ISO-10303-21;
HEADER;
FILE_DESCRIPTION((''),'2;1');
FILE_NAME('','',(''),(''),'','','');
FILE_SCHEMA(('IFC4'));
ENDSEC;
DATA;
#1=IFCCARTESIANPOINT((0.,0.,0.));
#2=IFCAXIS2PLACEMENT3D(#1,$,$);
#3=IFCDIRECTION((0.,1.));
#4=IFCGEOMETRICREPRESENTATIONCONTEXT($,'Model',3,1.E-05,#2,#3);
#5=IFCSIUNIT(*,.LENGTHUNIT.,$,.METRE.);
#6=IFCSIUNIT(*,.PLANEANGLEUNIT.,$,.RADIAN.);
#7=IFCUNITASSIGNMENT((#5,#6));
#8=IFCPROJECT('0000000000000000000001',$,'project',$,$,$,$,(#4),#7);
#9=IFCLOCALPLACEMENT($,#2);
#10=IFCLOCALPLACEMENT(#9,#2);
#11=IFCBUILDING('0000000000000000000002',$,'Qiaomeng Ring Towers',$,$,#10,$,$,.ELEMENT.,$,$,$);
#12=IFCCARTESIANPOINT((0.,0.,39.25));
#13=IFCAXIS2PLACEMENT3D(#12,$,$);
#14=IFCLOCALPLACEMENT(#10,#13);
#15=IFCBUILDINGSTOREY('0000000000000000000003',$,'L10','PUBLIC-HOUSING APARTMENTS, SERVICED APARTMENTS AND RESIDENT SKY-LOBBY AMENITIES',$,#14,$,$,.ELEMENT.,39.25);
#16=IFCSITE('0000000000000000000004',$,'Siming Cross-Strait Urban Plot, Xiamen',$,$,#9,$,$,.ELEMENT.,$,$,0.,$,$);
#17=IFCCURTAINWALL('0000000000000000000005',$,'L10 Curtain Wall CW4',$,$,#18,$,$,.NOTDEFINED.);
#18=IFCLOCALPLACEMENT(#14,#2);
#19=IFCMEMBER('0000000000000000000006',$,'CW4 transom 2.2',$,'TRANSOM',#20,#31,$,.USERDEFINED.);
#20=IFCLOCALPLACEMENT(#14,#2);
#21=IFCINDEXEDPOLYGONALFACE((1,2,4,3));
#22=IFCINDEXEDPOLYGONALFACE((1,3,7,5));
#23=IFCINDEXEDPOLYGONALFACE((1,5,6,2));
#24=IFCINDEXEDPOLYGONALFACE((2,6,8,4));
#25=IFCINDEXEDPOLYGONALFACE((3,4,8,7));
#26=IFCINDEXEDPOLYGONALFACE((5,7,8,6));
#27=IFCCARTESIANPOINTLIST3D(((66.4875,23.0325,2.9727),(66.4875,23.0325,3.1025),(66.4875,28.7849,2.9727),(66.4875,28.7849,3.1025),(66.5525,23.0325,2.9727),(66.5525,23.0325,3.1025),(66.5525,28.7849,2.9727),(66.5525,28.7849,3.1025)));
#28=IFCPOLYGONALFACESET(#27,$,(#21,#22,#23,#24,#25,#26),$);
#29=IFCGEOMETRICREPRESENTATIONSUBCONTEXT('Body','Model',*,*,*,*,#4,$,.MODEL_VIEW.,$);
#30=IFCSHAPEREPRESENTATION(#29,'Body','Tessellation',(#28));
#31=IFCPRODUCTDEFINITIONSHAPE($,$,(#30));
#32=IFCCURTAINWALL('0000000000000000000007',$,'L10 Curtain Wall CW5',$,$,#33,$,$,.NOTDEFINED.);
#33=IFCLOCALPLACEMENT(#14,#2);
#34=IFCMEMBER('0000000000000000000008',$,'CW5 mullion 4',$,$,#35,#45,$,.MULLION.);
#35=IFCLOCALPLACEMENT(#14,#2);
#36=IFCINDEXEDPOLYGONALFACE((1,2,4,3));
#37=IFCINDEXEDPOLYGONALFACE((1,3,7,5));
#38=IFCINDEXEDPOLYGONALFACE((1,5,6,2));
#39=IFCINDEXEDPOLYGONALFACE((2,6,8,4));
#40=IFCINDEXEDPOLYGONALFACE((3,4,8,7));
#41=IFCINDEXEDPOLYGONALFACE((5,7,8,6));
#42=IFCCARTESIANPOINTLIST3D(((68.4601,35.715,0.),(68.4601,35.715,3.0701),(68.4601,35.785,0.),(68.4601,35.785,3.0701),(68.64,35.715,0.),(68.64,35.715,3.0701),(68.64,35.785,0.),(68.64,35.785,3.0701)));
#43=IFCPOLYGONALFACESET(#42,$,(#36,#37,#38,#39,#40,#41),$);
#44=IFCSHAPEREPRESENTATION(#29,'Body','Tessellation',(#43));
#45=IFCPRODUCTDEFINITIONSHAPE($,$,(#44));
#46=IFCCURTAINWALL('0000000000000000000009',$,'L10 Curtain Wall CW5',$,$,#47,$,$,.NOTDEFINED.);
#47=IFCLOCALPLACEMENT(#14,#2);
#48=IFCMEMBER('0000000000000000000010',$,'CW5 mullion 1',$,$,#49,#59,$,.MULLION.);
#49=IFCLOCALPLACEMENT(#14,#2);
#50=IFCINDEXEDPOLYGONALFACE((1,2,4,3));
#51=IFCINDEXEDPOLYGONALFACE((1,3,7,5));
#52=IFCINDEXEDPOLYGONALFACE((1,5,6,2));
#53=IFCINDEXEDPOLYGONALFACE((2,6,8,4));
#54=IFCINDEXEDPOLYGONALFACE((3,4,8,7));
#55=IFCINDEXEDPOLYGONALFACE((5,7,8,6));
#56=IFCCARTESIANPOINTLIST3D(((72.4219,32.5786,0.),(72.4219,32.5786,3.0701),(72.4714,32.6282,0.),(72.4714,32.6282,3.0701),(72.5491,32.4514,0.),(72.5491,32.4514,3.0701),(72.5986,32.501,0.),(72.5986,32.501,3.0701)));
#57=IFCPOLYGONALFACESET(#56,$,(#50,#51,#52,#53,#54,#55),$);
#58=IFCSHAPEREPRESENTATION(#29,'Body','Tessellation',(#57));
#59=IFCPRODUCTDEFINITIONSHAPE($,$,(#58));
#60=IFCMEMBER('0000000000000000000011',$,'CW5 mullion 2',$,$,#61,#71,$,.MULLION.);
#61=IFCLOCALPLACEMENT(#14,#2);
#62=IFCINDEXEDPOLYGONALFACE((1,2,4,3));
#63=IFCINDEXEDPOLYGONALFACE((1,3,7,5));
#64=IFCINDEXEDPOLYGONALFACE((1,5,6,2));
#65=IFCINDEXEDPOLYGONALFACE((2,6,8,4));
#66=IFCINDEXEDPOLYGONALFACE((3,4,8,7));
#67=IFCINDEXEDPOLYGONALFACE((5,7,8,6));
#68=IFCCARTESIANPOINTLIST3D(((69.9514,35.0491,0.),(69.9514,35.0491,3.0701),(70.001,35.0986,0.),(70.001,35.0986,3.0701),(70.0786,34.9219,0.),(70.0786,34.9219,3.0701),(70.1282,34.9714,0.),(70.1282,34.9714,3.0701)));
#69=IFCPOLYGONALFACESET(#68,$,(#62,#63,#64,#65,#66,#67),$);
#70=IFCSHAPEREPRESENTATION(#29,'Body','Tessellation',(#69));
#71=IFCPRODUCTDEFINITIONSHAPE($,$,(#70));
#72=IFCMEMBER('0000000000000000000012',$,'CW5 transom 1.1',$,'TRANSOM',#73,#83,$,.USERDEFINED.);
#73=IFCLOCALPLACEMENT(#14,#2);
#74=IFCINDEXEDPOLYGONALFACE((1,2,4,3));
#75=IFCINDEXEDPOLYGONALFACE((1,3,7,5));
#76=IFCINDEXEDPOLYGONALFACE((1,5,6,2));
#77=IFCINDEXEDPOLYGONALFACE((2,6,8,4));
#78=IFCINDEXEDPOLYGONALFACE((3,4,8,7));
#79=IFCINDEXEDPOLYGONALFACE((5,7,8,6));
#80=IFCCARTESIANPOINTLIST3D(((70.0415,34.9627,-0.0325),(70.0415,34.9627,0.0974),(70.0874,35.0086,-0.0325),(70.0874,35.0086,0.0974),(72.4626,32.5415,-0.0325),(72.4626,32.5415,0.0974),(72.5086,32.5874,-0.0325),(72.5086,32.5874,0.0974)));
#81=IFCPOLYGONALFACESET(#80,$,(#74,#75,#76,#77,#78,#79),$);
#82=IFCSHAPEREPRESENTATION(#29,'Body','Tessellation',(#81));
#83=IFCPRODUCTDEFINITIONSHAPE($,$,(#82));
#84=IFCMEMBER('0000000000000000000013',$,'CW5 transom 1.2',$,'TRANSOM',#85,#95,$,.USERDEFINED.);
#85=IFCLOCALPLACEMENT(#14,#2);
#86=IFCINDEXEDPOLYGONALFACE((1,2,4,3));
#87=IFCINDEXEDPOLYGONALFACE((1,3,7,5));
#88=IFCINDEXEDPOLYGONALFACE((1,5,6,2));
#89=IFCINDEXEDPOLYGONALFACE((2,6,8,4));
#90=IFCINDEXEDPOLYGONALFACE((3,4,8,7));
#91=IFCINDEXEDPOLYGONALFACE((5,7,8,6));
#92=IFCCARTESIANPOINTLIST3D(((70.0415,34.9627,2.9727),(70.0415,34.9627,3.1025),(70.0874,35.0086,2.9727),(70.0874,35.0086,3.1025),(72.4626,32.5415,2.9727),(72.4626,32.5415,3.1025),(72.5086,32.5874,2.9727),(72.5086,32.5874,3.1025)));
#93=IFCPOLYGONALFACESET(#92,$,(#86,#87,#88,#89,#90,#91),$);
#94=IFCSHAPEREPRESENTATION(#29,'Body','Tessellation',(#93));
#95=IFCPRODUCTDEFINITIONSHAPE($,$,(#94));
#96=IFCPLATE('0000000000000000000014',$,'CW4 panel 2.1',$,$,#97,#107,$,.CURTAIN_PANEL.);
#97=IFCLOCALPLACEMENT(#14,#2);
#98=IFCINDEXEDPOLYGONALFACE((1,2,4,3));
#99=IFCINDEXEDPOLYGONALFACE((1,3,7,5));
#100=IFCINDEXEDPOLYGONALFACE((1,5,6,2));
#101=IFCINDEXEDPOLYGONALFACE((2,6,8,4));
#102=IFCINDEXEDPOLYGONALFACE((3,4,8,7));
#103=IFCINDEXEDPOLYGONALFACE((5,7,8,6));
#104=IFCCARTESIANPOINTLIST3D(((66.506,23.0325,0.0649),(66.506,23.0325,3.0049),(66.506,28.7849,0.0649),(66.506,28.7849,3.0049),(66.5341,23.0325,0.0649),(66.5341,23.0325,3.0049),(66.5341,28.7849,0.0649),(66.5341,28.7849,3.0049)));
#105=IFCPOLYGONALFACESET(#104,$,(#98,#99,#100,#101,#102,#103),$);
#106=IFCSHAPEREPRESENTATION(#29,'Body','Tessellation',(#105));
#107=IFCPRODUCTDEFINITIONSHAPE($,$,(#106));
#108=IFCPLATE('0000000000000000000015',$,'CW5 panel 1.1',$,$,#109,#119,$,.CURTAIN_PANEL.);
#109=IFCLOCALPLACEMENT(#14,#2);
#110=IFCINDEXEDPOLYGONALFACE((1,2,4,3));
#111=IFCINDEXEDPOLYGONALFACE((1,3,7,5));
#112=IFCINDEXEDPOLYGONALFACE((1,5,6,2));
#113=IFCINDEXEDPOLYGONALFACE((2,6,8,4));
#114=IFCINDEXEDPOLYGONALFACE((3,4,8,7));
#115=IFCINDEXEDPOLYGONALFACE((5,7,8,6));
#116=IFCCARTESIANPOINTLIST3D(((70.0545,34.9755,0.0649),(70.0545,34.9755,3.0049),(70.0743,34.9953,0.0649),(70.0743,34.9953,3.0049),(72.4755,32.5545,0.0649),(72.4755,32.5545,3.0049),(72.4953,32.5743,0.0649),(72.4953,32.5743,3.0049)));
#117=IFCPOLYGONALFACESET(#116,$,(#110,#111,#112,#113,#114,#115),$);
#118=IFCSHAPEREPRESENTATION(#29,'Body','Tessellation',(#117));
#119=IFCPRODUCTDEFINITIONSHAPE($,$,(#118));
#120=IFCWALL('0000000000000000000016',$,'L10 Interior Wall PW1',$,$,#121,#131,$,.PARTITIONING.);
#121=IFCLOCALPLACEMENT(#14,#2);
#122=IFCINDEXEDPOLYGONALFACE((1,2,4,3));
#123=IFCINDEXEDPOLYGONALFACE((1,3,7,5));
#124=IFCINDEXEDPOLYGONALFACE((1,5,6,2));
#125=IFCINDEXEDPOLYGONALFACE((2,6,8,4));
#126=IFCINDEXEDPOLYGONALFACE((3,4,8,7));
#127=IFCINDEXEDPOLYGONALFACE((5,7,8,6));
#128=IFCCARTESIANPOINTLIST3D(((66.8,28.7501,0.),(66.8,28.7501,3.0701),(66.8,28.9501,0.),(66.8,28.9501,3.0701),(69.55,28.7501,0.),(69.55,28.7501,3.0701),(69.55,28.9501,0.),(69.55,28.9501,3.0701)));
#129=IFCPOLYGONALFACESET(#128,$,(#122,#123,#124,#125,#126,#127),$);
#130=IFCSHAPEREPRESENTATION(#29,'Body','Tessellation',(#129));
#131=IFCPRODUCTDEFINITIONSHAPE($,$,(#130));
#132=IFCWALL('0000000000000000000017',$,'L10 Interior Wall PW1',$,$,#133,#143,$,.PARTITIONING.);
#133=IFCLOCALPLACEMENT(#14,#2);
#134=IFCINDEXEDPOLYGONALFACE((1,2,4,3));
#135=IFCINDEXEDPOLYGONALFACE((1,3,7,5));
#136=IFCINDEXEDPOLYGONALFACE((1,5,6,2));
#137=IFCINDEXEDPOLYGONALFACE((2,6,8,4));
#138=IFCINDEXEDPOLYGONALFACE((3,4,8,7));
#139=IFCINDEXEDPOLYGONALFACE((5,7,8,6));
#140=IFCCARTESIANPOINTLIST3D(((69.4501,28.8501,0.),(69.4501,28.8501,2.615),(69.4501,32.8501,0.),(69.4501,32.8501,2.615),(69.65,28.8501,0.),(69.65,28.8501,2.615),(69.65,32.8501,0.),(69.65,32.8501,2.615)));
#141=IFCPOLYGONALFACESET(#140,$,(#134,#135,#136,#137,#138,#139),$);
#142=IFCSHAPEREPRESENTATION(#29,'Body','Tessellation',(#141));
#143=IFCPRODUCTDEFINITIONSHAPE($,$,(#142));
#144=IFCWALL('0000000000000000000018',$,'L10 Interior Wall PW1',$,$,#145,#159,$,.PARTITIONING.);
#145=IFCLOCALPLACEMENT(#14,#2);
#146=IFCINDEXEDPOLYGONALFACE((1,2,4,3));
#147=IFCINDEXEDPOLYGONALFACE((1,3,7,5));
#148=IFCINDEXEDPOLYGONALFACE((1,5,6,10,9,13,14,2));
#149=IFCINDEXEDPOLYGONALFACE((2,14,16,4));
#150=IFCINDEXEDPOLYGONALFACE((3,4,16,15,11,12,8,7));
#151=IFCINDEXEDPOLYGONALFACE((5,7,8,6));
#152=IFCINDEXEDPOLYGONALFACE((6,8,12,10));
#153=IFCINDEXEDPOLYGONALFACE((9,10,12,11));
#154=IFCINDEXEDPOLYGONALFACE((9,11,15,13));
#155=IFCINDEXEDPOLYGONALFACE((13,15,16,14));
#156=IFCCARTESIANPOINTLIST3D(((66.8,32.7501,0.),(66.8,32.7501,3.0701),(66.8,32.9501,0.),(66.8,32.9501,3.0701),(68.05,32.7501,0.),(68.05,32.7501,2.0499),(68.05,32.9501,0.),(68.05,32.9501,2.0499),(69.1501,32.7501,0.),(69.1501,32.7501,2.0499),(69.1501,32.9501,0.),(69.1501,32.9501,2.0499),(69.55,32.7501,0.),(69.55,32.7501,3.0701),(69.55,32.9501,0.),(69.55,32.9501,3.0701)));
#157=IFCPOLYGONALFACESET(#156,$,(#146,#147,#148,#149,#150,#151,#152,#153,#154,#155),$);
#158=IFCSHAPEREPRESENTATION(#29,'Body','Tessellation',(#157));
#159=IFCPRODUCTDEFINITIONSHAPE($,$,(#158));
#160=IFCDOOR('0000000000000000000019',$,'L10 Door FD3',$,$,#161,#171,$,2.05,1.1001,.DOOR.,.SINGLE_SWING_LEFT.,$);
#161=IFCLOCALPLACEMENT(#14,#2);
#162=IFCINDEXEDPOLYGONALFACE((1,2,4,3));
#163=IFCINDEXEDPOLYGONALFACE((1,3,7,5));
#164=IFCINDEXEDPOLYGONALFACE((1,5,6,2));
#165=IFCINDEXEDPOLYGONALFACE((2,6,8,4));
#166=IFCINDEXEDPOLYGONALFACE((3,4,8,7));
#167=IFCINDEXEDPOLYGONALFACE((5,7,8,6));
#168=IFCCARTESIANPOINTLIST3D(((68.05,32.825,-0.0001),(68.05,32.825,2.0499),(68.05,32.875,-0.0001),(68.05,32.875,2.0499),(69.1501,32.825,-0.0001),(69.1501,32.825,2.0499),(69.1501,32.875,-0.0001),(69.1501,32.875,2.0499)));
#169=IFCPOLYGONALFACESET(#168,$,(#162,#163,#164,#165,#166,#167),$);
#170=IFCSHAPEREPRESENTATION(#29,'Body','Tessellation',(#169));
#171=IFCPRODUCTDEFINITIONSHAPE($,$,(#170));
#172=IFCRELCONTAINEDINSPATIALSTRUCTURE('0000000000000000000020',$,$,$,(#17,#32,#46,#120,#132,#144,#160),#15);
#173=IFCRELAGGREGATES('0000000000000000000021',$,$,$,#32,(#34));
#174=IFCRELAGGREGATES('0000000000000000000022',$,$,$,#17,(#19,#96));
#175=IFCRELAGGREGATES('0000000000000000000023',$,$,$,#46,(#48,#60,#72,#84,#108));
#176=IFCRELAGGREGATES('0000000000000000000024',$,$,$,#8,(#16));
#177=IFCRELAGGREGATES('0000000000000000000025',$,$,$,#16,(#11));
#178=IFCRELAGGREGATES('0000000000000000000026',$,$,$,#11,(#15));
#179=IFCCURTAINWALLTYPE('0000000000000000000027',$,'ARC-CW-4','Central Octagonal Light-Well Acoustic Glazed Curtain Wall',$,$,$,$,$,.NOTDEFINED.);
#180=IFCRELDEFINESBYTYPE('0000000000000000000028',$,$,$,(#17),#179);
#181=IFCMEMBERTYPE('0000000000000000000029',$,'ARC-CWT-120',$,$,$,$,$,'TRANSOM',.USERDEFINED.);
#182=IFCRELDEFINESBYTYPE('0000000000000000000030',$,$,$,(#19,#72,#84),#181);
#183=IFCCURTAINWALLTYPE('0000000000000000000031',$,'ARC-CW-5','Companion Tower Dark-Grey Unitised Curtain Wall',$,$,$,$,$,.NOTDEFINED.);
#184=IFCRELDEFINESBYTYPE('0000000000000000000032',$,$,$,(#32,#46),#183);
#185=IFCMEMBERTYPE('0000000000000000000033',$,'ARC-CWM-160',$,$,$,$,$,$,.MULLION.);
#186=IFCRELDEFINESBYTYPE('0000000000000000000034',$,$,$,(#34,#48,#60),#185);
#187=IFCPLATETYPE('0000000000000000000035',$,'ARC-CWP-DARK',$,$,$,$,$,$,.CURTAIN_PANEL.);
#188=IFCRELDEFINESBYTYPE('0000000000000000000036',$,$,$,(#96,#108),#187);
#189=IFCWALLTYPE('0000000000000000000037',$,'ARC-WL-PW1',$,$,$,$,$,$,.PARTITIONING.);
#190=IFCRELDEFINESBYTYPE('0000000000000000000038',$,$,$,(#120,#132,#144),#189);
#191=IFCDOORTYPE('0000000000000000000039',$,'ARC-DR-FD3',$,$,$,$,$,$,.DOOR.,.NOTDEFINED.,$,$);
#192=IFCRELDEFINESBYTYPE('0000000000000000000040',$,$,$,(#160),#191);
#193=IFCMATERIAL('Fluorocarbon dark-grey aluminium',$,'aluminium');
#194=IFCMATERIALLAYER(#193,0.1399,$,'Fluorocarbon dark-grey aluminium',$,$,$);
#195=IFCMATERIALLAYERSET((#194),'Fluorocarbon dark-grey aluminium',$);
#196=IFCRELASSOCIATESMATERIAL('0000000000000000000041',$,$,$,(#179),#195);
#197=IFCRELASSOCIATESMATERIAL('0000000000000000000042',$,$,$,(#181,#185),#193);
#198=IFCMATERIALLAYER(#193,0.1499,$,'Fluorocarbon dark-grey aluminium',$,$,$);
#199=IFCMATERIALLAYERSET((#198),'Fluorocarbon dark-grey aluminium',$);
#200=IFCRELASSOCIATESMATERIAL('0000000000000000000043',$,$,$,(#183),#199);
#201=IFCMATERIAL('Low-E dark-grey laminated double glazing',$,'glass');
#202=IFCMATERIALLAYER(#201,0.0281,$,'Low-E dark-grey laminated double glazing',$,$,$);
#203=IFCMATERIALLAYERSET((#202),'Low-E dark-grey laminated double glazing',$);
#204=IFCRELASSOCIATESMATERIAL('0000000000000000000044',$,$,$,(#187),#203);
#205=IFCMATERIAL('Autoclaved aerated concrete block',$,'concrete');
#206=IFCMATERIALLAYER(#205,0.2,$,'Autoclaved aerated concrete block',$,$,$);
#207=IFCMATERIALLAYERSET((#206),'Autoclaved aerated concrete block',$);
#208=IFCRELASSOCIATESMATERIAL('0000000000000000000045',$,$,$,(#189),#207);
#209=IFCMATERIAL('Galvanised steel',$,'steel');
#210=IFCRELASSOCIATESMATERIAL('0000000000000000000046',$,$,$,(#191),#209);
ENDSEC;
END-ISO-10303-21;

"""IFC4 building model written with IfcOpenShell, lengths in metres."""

from ifc_helpers import new_model, si_unit, direction, frame, frame_2d, origin, origin_2d, place, context, subcontext, project, spatial, rectangle, extrude, source, transform, mapped, material, layer, layer_set, material_profile, profile_set, type_object, element, fill, aggregate, save


model = new_model("IFC4")

# Units and contexts
model_context = context("Model", 3, precision=1e-05, world=origin(), true_north=direction((0.0, 1.0)))
body_context = subcontext(model_context, "Body", "Model", "MODEL_VIEW")
ifc_project = project(units=[si_unit("LENGTHUNIT", "METRE"), si_unit("PLANEANGLEUNIT", "RADIAN")], contexts=[model_context])

# Site, building, storey
site_placement = place(None, origin())
site = spatial("IfcSite", under=ifc_project, at=site_placement, Name="Siming Cross-Strait Urban Plot, Xiamen", CompositionType="ELEMENT", RefElevation=0.0)
building_placement = place(site_placement, origin())
building = spatial("IfcBuilding", under=site, at=building_placement, Name="Qiaomeng Ring Towers", CompositionType="ELEMENT")
storey_placement = place(building_placement, frame((0.0, 0.0, 39.25)))
storey = spatial("IfcBuildingStorey", under=building, at=storey_placement, Name="L10", Description="PUBLIC-HOUSING APARTMENTS, SERVICED APARTMENTS AND RESIDENT SKY-LOBBY AMENITIES", CompositionType="ELEMENT", Elevation=39.25)

# Curtain wall, member
ifc_material_1 = material(Name="Fluorocarbon dark-grey aluminium", Category="aluminium")
ifc_layer_1 = layer(ifc_material_1, 0.1399, Name="Fluorocarbon dark-grey aluminium")
ifc_layer_set_1 = layer_set([ifc_layer_1], Name="Fluorocarbon dark-grey aluminium")
curtain_wall_type_1 = type_object("IfcCurtainWallType", Name="ARC-CW-4", Description="Central Octagonal Light-Well Acoustic Glazed Curtain Wall", PredefinedType="NOTDEFINED", material=ifc_layer_set_1)
curtain_wall_1_placement = place(storey_placement, origin())
curtain_wall_1 = element("IfcCurtainWall", 1, at=curtain_wall_1_placement, inside=storey, type_object=curtain_wall_type_1, Name="L10 Curtain Wall CW4", PredefinedType="NOTDEFINED")
ifc_material_profile_1 = material_profile(ifc_material_1, rectangle(XDim=0.0649, YDim=0.1299, at=origin_2d()), Name="ALU TRAN 65x130")
ifc_profile_set_1 = profile_set([ifc_material_profile_1], Name="Fluorocarbon dark-grey aluminium")
member_type_1 = type_object("IfcMemberType", Name="ARC-CWT-120", ElementType="TRANSOM", PredefinedType="USERDEFINED", material=ifc_profile_set_1)
shared_shape_1 = source(origin(), body_context, "Body", "SweptSolid", [
    extrude(rectangle(XDim=0.0649, YDim=0.1299, at=origin_2d()), origin(), (0.0, 0.0, 1.0), 5.7524),
])
member_1_placement = place(storey_placement, frame((66.52, 23.0325, 3.0376), z_axis=(0.0, 1.0, 0.0), x_axis=(-1.0, 0.0, 0.0)))
member_1 = element("IfcMember", 2, at=member_1_placement, type_object=member_type_1, Name="CW4 transom 2.2", ObjectType="TRANSOM", PredefinedType="USERDEFINED", context=body_context, shape_type="MappedRepresentation", body=[
    mapped(shared_shape_1, transform((0.0, 0.0, 0.0), x_axis=(1.0, 0.0, 0.0), y_axis=(0.0, 1.0, 0.0), z_axis=(0.0, 0.0, 1.0), scale=1.0)),
])

# Curtain wall, member
ifc_layer_2 = layer(ifc_material_1, 0.1499, Name="Fluorocarbon dark-grey aluminium")
ifc_layer_set_2 = layer_set([ifc_layer_2], Name="Fluorocarbon dark-grey aluminium")
curtain_wall_type_2 = type_object("IfcCurtainWallType", Name="ARC-CW-5", Description="Companion Tower Dark-Grey Unitised Curtain Wall", PredefinedType="NOTDEFINED", material=ifc_layer_set_2)
curtain_wall_2_placement = place(storey_placement, origin())
curtain_wall_2 = element("IfcCurtainWall", 3, at=curtain_wall_2_placement, inside=storey, type_object=curtain_wall_type_2, Name="L10 Curtain Wall CW5", PredefinedType="NOTDEFINED")
ifc_material_profile_2 = material_profile(ifc_material_1, rectangle(XDim=0.0701, YDim=0.1799, at=origin_2d()), Name="ALU MULL 70x180")
ifc_profile_set_2 = profile_set([ifc_material_profile_2], Name="Fluorocarbon dark-grey aluminium")
member_type_2 = type_object("IfcMemberType", Name="ARC-CWM-160", PredefinedType="MULLION", material=ifc_profile_set_2)
shared_shape_2 = source(origin(), body_context, "Body", "SweptSolid", [
    extrude(rectangle(XDim=0.0701, YDim=0.1799, at=origin_2d()), origin(), (0.0, 0.0, 1.0), 3.0701),
])
member_2_placement = place(storey_placement, frame((68.55, 35.75, 0.0), z_axis=(0.0, 0.0, 1.0), x_axis=(0.0, 1.0, 0.0)))
member_2 = element("IfcMember", 4, at=member_2_placement, type_object=member_type_2, Name="CW5 mullion 4", PredefinedType="MULLION", context=body_context, shape_type="MappedRepresentation", body=[
    mapped(shared_shape_2, transform((0.0, 0.0, 0.0), x_axis=(1.0, 0.0, 0.0), y_axis=(0.0, 1.0, 0.0), z_axis=(0.0, 0.0, 1.0), scale=1.0)),
])
aggregate(curtain_wall_2, [member_2])

# Curtain wall, members
curtain_wall_3_placement = place(storey_placement, origin())
curtain_wall_3 = element("IfcCurtainWall", 5, at=curtain_wall_3_placement, inside=storey, type_object=curtain_wall_type_2, Name="L10 Curtain Wall CW5", PredefinedType="NOTDEFINED")
member_3_placement = place(storey_placement, frame((72.5103, 32.5398, 0.0), z_axis=(0.0, 0.0, 1.0), x_axis=(-0.707107, -0.707107, 0.0)))
member_3 = element("IfcMember", 6, at=member_3_placement, type_object=member_type_2, Name="CW5 mullion 1", PredefinedType="MULLION", context=body_context, shape_type="MappedRepresentation", body=[
    mapped(shared_shape_2, transform((0.0, 0.0, 0.0), x_axis=(1.0, 0.0, 0.0), y_axis=(0.0, 1.0, 0.0), z_axis=(0.0, 0.0, 1.0), scale=1.0)),
])
member_4_placement = place(storey_placement, frame((70.0398, 35.0103, 0.0), z_axis=(0.0, 0.0, 1.0), x_axis=(-0.707107, -0.707107, 0.0)))
member_4 = element("IfcMember", 7, at=member_4_placement, type_object=member_type_2, Name="CW5 mullion 2", PredefinedType="MULLION", context=body_context, shape_type="MappedRepresentation", body=[
    mapped(shared_shape_2, transform((0.0, 0.0, 0.0), x_axis=(1.0, 0.0, 0.0), y_axis=(0.0, 1.0, 0.0), z_axis=(0.0, 0.0, 1.0), scale=1.0)),
])
shared_shape_3 = source(origin(), body_context, "Body", "SweptSolid", [
    extrude(rectangle(XDim=0.0649, YDim=0.1299, at=origin_2d()), origin(), (0.0, 0.0, 1.0), 3.4241),
])
member_5_placement = place(storey_placement, frame((72.4856, 32.5645, 0.0325), z_axis=(-0.707107, 0.707107, 0.0), x_axis=(-0.707107, -0.707107, 0.0)))
member_5 = element("IfcMember", 8, at=member_5_placement, type_object=member_type_1, Name="CW5 transom 1.1", ObjectType="TRANSOM", PredefinedType="USERDEFINED", context=body_context, shape_type="MappedRepresentation", body=[
    mapped(shared_shape_3, transform((0.0, 0.0, 0.0), x_axis=(1.0, 0.0, 0.0), y_axis=(0.0, 1.0, 0.0), z_axis=(0.0, 0.0, 1.0), scale=1.0)),
])
member_6_placement = place(storey_placement, frame((72.4856, 32.5645, 3.0376), z_axis=(-0.707107, 0.707107, 0.0), x_axis=(-0.707107, -0.707107, 0.0)))
member_6 = element("IfcMember", 9, at=member_6_placement, type_object=member_type_1, Name="CW5 transom 1.2", ObjectType="TRANSOM", PredefinedType="USERDEFINED", context=body_context, shape_type="MappedRepresentation", body=[
    mapped(shared_shape_3, transform((0.0, 0.0, 0.0), x_axis=(1.0, 0.0, 0.0), y_axis=(0.0, 1.0, 0.0), z_axis=(0.0, 0.0, 1.0), scale=1.0)),
])

# Plates
ifc_material_2 = material(Name="Low-E dark-grey laminated double glazing", Category="glass")
ifc_layer_3 = layer(ifc_material_2, 0.0281, Name="Low-E dark-grey laminated double glazing")
ifc_layer_set_3 = layer_set([ifc_layer_3], Name="Low-E dark-grey laminated double glazing")
plate_type = type_object("IfcPlateType", Name="ARC-CWP-DARK", PredefinedType="CURTAIN_PANEL", material=ifc_layer_set_3)
shared_shape_4 = source(origin(), body_context, "Body", "SweptSolid", [
    extrude(rectangle(XDim=5.7524, YDim=0.0281, at=origin_2d()), origin(), (0.0, 0.0, 1.0), 2.9399),
])
plate_1_placement = place(storey_placement, frame((66.52, 25.9087, 0.0649), z_axis=(0.0, 0.0, 1.0), x_axis=(0.0, 1.0, 0.0)))
plate_1 = element("IfcPlate", 10, at=plate_1_placement, type_object=plate_type, Name="CW4 panel 2.1", PredefinedType="CURTAIN_PANEL", context=body_context, shape_type="MappedRepresentation", body=[
    mapped(shared_shape_4, transform((0.0, 0.0, 0.0), x_axis=(1.0, 0.0, 0.0), y_axis=(0.0, 1.0, 0.0), z_axis=(0.0, 0.0, 1.0), scale=1.0)),
])
aggregate(curtain_wall_1, [member_1, plate_1])
shared_shape_5 = source(origin(), body_context, "Body", "SweptSolid", [
    extrude(rectangle(XDim=3.4238, YDim=0.0281, at=origin_2d()), origin(), (0.0, 0.0, 1.0), 2.9399),
])
plate_2_placement = place(storey_placement, frame((71.2749, 33.7749, 0.0649), z_axis=(0.0, 0.0, 1.0), x_axis=(-0.707107, 0.707107, 0.0)))
plate_2 = element("IfcPlate", 11, at=plate_2_placement, type_object=plate_type, Name="CW5 panel 1.1", PredefinedType="CURTAIN_PANEL", context=body_context, shape_type="MappedRepresentation", body=[
    mapped(shared_shape_5, transform((0.0, 0.0, 0.0), x_axis=(1.0, 0.0, 0.0), y_axis=(0.0, 1.0, 0.0), z_axis=(0.0, 0.0, 1.0), scale=1.0)),
])
aggregate(curtain_wall_3, [member_3, member_4, member_5, member_6, plate_2])

# Walls
ifc_material_3 = material(Name="Autoclaved aerated concrete block", Category="concrete")
ifc_layer_4 = layer(ifc_material_3, 0.2, Name="Autoclaved aerated concrete block")
ifc_layer_set_4 = layer_set([ifc_layer_4], Name="Autoclaved aerated concrete block")
wall_type_1 = type_object("IfcWallType", Name="ARC-WL-PW1", PredefinedType="PARTITIONING", material=ifc_layer_set_4)
wall_1_placement = place(storey_placement, frame((66.8, 28.8501, 0.0), z_axis=(0.0, 0.0, 1.0), x_axis=(1.0, 0.0, 0.0)))
element("IfcWall", 12, at=wall_1_placement, inside=storey, type_object=wall_type_1, Name="L10 Interior Wall PW1", PredefinedType="PARTITIONING", context=body_context, shape_type="SweptSolid", body=[
    extrude(rectangle(XDim=2.75, YDim=0.2, at=frame_2d((1.375, 0.0))), origin(), (0.0, 0.0, 1.0), 3.0701),
])
wall_2_placement = place(storey_placement, frame((69.55, 28.8501, 0.0), z_axis=(0.0, 0.0, 1.0), x_axis=(0.0, 1.0, 0.0)))
element("IfcWall", 13, at=wall_2_placement, inside=storey, type_object=wall_type_1, Name="L10 Interior Wall PW1", PredefinedType="PARTITIONING", context=body_context, shape_type="SweptSolid", body=[
    extrude(rectangle(XDim=4.0, YDim=0.2, at=frame_2d((2.0, 0.0))), origin(), (0.0, 0.0, 1.0), 2.615),
])

# Wall, opening, door
wall_3_placement = place(storey_placement, frame((66.8, 32.8501, 0.0), z_axis=(0.0, 0.0, 1.0), x_axis=(1.0, 0.0, 0.0)))
wall_3 = element("IfcWall", 14, at=wall_3_placement, inside=storey, type_object=wall_type_1, Name="L10 Interior Wall PW1", PredefinedType="PARTITIONING", context=body_context, shape_type="SweptSolid", body=[
    extrude(rectangle(XDim=2.75, YDim=0.2, at=frame_2d((1.375, 0.0))), origin(), (0.0, 0.0, 1.0), 3.0701),
])
opening_1_placement = place(wall_3_placement, frame((1.25, 0.0, 0.0)))
opening_1 = element("IfcOpeningElement", 15, at=opening_1_placement, cuts=wall_3, PredefinedType="OPENING", context=body_context, shape_type="SweptSolid", body=[
    extrude(rectangle(XDim=1.1001, YDim=2.05, at=frame_2d((0.55, 1.0249))), frame((0.0, 0.1099, 0.0), z_axis=(0.0, -1.0, 0.0), x_axis=(1.0, 0.0, 0.0)), (0.0, 0.0, 1.0), 0.22),
])
ifc_material_4 = material(Name="Galvanised steel", Category="steel")
door_type_1 = type_object("IfcDoorType", Name="ARC-DR-FD3", OperationType="NOTDEFINED", PredefinedType="DOOR", material=ifc_material_4)
shared_shape_6 = source(origin(), body_context, "Body", "SweptSolid", [
    extrude(rectangle(XDim=1.1001, YDim=2.05, at=frame_2d((0.55, 1.0249))), frame((0.0, 0.0249, 0.0), z_axis=(0.0, -1.0, 0.0), x_axis=(1.0, 0.0, 0.0)), (0.0, 0.0, 1.0), 0.05),
])
door_1_placement = place(opening_1_placement, origin())
door_1 = element("IfcDoor", 16, at=door_1_placement, inside=storey, type_object=door_type_1, Name="L10 Door FD3", OperationType="SINGLE_SWING_LEFT", OverallHeight=2.05, OverallWidth=1.1001, PredefinedType="DOOR", context=body_context, shape_type="MappedRepresentation", body=[
    mapped(shared_shape_6, transform((0.0, 0.0, 0.0), x_axis=(1.0, 0.0, 0.0), y_axis=(0.0, 1.0, 0.0), z_axis=(0.0, 0.0, 1.0), scale=1.0)),
])
fill(opening_1, door_1)

save(model, "model.ifc")
